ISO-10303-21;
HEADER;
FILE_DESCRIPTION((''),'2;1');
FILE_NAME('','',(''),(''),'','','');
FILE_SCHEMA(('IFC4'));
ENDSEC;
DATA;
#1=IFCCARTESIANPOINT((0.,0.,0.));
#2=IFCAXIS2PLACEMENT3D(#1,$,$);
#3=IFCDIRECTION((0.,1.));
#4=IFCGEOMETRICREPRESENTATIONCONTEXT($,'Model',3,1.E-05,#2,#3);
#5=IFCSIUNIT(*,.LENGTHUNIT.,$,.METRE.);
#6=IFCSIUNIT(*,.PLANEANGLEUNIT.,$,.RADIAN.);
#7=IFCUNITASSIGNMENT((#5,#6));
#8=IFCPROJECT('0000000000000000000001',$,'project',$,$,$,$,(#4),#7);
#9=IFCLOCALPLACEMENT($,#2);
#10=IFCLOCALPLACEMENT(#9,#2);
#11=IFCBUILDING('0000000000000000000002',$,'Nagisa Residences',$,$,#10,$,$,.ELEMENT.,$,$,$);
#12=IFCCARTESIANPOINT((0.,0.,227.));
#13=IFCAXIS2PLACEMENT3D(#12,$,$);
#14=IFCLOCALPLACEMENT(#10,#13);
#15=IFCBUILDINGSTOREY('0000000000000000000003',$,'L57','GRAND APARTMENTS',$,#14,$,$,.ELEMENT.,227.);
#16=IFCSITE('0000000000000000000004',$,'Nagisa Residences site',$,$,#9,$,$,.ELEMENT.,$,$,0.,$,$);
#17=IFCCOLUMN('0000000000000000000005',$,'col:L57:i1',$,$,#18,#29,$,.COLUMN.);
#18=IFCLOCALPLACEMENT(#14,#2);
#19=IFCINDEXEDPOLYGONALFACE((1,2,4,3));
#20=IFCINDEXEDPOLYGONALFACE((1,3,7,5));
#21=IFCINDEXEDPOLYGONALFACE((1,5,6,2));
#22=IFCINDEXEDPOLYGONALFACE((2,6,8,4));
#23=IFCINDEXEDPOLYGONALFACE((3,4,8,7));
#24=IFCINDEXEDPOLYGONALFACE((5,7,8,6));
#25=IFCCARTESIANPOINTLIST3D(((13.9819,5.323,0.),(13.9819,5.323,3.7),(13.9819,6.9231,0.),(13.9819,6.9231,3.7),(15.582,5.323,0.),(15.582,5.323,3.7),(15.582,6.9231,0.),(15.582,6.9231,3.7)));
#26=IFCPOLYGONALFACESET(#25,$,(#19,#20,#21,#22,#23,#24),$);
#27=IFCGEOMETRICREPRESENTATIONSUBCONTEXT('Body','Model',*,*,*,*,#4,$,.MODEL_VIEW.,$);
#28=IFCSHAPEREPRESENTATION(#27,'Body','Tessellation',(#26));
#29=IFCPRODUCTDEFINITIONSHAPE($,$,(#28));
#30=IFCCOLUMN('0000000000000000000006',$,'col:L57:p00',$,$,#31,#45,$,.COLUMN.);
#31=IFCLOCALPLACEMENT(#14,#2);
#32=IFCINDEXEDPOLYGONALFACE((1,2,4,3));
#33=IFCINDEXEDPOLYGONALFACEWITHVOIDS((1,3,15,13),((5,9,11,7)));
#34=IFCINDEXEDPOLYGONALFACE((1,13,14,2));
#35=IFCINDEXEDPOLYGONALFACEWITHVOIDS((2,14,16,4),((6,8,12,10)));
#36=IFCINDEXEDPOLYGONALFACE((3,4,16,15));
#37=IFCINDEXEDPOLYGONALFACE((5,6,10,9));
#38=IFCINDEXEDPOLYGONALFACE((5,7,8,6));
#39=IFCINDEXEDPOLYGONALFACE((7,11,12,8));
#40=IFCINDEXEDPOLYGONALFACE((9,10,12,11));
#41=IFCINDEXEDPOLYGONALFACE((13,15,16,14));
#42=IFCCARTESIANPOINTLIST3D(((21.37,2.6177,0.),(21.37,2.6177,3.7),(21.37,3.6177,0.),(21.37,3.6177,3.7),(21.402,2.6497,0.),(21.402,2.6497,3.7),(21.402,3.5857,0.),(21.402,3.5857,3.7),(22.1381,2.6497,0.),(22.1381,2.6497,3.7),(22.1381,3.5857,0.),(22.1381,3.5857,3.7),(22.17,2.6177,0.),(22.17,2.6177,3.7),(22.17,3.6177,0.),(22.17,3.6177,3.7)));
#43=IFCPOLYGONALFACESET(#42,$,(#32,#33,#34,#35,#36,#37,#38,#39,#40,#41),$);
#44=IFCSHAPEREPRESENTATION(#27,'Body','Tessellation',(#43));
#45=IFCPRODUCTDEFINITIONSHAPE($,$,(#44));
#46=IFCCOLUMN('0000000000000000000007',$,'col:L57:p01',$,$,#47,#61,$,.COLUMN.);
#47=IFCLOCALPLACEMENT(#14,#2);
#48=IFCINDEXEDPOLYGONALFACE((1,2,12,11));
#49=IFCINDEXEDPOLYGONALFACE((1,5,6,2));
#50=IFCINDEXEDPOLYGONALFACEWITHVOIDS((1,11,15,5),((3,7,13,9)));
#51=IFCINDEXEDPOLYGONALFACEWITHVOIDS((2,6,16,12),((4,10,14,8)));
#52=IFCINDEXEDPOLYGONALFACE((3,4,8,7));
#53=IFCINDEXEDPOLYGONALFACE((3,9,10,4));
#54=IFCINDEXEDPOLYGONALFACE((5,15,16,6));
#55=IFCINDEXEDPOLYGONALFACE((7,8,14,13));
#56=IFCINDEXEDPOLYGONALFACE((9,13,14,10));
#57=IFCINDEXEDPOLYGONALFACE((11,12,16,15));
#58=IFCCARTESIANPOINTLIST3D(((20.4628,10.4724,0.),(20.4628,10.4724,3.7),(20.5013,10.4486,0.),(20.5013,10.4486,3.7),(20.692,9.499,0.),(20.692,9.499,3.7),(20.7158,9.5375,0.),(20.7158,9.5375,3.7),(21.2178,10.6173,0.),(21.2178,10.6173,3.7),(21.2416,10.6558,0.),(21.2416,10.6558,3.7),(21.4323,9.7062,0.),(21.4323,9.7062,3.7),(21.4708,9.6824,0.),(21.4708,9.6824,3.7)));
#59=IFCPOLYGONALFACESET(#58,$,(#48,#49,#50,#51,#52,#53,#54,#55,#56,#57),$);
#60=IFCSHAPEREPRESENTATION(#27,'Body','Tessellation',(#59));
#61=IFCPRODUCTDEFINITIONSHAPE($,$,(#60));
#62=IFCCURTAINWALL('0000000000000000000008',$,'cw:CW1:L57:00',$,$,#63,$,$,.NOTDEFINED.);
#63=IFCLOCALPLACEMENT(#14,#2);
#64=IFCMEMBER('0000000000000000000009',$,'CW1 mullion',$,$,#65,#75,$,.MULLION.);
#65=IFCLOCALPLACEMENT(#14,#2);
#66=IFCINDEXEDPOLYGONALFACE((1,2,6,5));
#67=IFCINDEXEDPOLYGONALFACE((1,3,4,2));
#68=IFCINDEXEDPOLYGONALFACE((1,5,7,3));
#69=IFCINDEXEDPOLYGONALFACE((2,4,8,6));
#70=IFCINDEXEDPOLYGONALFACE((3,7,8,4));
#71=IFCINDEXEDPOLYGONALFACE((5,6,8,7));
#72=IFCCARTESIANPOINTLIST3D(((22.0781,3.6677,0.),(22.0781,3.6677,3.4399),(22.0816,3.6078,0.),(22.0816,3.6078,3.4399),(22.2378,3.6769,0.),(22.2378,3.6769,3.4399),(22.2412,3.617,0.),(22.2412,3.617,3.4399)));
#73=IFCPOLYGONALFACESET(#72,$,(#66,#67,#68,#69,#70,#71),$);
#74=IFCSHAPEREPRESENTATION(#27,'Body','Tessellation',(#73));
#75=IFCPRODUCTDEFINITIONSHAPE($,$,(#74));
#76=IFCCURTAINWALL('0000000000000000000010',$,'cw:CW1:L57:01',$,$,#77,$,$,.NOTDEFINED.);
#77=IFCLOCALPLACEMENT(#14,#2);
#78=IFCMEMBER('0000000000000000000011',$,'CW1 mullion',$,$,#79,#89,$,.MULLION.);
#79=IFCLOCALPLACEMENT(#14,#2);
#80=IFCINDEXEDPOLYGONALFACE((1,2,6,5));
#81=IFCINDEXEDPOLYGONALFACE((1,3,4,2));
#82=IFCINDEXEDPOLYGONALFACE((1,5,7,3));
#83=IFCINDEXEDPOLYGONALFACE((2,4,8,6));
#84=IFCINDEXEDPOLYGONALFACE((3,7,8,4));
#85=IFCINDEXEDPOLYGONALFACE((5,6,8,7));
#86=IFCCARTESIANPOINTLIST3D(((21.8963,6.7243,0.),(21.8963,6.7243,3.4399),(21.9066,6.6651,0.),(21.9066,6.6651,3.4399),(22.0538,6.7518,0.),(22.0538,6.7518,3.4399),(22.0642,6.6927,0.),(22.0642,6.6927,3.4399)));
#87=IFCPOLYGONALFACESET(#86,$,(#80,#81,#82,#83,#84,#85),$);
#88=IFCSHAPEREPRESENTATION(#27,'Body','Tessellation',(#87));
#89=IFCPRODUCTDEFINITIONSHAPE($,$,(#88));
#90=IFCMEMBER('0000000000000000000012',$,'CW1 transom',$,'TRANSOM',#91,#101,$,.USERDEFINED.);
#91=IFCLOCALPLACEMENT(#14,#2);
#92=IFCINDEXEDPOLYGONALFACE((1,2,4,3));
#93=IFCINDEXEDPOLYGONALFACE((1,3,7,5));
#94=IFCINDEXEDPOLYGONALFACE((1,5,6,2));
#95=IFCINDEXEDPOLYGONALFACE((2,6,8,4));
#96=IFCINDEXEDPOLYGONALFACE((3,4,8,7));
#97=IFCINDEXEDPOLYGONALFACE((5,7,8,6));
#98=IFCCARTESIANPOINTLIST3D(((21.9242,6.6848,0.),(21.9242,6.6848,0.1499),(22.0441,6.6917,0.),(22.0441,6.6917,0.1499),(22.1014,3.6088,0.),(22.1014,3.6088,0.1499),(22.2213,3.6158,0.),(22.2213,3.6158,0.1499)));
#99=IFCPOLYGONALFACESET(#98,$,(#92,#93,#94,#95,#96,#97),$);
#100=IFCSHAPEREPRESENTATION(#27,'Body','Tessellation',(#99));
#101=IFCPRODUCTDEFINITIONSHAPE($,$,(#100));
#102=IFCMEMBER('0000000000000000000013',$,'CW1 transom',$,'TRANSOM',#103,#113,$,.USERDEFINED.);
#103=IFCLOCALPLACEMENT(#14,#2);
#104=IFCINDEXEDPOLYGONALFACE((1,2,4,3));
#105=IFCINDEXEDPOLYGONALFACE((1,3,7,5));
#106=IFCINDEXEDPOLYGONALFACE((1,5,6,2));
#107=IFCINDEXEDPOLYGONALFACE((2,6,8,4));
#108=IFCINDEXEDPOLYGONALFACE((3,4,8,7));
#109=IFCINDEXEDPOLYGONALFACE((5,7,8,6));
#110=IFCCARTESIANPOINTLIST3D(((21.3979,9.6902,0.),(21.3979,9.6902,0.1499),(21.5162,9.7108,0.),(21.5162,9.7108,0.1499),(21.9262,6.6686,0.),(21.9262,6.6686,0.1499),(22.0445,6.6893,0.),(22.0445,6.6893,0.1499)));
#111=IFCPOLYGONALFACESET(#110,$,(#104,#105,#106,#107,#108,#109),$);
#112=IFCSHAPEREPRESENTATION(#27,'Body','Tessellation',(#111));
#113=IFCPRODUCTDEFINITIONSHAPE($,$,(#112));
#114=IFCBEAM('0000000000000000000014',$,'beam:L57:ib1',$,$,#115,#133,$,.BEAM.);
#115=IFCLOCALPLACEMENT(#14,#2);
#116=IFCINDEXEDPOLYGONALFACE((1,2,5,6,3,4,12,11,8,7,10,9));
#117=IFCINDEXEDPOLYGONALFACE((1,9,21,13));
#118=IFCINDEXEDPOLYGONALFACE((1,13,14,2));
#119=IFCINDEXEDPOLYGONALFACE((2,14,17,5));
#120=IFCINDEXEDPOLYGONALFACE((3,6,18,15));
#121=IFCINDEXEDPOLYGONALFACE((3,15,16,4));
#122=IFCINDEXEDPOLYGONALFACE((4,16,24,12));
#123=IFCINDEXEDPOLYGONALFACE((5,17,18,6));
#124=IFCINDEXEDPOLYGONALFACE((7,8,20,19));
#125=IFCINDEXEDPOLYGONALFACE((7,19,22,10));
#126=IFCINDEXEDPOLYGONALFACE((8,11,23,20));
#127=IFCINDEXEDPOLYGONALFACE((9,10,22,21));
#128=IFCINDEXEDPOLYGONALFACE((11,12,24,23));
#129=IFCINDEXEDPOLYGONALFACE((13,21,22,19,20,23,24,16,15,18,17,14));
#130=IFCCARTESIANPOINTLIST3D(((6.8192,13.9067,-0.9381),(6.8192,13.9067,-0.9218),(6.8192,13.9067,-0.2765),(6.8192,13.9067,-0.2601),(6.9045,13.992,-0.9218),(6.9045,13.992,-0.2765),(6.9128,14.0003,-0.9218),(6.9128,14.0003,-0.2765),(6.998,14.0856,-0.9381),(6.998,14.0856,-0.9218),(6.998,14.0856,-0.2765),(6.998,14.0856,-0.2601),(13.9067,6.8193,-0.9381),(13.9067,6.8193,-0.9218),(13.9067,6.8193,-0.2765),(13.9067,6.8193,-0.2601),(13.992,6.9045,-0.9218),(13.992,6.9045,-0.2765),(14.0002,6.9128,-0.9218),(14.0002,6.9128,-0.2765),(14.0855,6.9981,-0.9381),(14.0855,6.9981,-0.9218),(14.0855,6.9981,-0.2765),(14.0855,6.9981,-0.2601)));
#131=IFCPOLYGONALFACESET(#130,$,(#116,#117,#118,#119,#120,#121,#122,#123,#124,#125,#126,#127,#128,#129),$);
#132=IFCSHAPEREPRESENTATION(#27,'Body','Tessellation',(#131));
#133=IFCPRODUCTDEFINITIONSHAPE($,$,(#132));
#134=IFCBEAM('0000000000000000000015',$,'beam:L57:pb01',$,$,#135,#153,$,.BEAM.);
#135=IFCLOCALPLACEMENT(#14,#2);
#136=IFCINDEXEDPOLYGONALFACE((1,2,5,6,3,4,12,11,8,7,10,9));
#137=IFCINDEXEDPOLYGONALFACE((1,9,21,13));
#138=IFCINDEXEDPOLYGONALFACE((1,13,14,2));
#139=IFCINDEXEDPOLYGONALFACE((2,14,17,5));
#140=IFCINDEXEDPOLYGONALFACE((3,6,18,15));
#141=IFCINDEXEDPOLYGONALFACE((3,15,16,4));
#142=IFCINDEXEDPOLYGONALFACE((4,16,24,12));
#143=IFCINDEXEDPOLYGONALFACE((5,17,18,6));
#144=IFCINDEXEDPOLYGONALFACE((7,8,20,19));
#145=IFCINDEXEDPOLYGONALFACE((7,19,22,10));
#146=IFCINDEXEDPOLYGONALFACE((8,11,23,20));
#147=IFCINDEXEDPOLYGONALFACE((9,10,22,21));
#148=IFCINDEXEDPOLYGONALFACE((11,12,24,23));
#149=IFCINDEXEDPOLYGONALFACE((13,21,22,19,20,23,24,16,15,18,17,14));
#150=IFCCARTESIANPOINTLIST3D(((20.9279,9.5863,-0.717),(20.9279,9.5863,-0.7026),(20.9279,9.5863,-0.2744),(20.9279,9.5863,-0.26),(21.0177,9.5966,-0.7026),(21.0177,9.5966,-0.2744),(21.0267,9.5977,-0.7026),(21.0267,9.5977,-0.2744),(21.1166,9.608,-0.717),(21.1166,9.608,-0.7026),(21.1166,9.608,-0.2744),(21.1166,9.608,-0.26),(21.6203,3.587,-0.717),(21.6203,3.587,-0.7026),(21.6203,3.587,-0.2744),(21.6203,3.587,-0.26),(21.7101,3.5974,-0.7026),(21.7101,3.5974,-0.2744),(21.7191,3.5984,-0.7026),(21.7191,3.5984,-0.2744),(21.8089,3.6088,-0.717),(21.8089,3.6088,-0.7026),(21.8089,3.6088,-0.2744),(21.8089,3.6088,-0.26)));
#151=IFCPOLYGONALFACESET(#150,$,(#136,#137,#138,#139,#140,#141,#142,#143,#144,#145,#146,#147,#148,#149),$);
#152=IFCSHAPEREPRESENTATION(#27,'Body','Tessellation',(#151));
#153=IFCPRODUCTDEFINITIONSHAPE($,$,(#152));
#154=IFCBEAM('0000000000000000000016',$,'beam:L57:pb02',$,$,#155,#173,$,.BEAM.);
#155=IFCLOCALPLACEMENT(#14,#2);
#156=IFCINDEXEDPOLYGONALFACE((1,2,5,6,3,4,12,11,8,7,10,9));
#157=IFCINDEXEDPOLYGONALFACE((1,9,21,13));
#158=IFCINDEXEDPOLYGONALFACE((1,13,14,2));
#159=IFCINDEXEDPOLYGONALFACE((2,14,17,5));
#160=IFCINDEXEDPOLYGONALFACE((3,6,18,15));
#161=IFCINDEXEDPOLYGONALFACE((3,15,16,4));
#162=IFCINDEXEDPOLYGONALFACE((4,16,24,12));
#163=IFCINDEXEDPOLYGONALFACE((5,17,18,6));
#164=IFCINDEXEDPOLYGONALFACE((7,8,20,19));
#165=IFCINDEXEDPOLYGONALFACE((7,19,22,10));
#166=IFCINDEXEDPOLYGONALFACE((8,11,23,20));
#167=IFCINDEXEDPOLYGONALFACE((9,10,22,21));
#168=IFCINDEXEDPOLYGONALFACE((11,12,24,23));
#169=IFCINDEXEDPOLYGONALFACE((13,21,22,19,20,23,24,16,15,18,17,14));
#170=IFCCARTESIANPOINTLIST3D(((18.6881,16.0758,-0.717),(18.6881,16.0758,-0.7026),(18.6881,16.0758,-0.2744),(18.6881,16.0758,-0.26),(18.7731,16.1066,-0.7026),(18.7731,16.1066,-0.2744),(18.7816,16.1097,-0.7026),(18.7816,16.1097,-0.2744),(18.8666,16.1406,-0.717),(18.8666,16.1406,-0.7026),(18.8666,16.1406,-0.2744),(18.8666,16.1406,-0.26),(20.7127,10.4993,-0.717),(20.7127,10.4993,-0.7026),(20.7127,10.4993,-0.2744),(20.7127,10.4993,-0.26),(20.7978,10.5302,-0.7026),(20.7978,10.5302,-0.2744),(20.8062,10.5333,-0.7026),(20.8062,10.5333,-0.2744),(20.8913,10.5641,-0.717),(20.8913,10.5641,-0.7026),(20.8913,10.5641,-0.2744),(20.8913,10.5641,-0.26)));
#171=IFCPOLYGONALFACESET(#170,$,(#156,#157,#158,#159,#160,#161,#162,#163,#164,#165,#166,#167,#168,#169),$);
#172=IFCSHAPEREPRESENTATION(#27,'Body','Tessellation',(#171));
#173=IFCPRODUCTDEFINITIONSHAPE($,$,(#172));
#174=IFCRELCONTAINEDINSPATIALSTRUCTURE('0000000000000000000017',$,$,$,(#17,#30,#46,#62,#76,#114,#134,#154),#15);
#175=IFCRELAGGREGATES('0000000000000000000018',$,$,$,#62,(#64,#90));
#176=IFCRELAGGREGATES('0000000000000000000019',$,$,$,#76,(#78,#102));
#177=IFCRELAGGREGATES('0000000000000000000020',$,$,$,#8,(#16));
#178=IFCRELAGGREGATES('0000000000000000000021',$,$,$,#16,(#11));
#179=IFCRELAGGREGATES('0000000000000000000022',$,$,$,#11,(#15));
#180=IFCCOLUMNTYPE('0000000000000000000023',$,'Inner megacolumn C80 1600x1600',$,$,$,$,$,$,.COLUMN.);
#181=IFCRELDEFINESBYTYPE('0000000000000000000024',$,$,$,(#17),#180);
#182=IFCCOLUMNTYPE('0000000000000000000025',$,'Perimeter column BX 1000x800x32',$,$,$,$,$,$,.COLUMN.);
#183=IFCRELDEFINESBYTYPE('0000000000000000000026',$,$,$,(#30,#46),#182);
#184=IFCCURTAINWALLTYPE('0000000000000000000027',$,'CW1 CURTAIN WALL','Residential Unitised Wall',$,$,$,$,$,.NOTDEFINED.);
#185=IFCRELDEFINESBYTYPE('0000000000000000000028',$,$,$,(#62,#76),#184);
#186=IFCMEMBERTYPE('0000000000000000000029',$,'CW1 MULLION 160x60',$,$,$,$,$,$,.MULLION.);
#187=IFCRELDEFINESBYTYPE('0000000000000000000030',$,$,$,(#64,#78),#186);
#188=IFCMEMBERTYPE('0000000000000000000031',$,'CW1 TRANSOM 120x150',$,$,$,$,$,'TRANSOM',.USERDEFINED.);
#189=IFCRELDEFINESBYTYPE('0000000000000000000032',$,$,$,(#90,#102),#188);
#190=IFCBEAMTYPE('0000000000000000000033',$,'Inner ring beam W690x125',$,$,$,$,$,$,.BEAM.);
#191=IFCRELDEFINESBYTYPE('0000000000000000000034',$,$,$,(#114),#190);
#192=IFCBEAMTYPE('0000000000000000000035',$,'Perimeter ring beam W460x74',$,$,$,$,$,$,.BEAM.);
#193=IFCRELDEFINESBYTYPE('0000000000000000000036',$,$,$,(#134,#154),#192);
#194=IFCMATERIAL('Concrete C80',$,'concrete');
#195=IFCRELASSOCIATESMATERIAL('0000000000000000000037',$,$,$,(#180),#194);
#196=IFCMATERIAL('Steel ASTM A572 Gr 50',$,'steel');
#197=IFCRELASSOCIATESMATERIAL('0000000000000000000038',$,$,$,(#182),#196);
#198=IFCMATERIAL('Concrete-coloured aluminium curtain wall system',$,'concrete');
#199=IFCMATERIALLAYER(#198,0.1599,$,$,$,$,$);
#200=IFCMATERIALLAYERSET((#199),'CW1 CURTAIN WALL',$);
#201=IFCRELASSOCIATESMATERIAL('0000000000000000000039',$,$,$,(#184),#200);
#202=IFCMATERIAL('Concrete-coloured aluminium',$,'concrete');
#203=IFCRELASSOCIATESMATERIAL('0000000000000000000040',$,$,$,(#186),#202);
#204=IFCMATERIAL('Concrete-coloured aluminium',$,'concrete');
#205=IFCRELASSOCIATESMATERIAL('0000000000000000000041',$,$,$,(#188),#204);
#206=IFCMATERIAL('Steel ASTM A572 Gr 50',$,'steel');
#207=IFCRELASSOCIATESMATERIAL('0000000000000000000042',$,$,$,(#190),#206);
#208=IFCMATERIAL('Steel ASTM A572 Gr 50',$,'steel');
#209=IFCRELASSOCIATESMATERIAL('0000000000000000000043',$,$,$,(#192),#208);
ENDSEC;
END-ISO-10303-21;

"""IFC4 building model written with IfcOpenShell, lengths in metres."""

from ifc_helpers import new_model, si_unit, direction, frame, origin, origin_2d, place, context, subcontext, project, spatial, rectangle, hollow_rectangle, i_section, extrude, material, layer, layer_set, material_profile, profile_set, type_object, element, aggregate, save


model = new_model("IFC4")

# Units and contexts
model_context = context("Model", 3, precision=1e-05, world=origin(), true_north=direction((0.0, 1.0)))
body_context = subcontext(model_context, "Body", "Model", "MODEL_VIEW")
ifc_project = project(units=[si_unit("LENGTHUNIT", "METRE"), si_unit("PLANEANGLEUNIT", "RADIAN")], contexts=[model_context])

# Site, building, storey
site_placement = place(None, origin())
site = spatial("IfcSite", under=ifc_project, at=site_placement, Name="Nagisa Residences site", CompositionType="ELEMENT", RefElevation=0.0)
building_placement = place(site_placement, origin())
building = spatial("IfcBuilding", under=site, at=building_placement, Name="Nagisa Residences", CompositionType="ELEMENT")
storey_placement = place(building_placement, frame((0.0, 0.0, 227.0)))
storey = spatial("IfcBuildingStorey", under=building, at=storey_placement, Name="L57", Description="GRAND APARTMENTS", CompositionType="ELEMENT", Elevation=227.0)

# Columns
ifc_material_1 = material(Name="Concrete C80", Category="concrete")
ifc_material_profile_1 = material_profile(ifc_material_1, rectangle(XDim=1.6001, YDim=1.6001, at=origin_2d()), Name="C80 1600x1600")
ifc_profile_set_1 = profile_set([ifc_material_profile_1], Name="Concrete C80")
column_type_1 = type_object("IfcColumnType", Name="Inner megacolumn C80 1600x1600", PredefinedType="COLUMN", material=ifc_profile_set_1)
column_placement = place(storey_placement, frame((14.782, 6.123, 0.0), z_axis=(0.0, 0.0, 1.0), x_axis=(1.0, 0.0, 0.0)))
element("IfcColumn", 1, at=column_placement, inside=storey, type_object=column_type_1, Name="col:L57:i1", PredefinedType="COLUMN", context=body_context, shape_type="SweptSolid", body=[
    extrude(rectangle(XDim=1.6001, YDim=1.6001, at=origin_2d()), origin(), (0.0, 0.0, 1.0), 3.7),
])
ifc_material_2 = material(Name="Steel ASTM A572 Gr 50", Category="steel")
ifc_material_profile_2 = material_profile(ifc_material_2, hollow_rectangle(XDim=1.0, YDim=0.8, WallThickness=0.032, at=origin_2d()), Name="BX 1000x800x32")
ifc_profile_set_2 = profile_set([ifc_material_profile_2], Name="Steel ASTM A572 Gr 50")
column_type_2 = type_object("IfcColumnType", Name="Perimeter column BX 1000x800x32", PredefinedType="COLUMN", material=ifc_profile_set_2)
for number, where, z_axis, x_axis, name in (
    (2, (21.77, 3.1177, 0.0), (0.0, 0.0, 1.0), (0.0, 1.0, 0.0), "col:L57:p00"),
    (3, (20.9668, 10.0774, 0.0), (0.0, 0.0, 1.0), (-0.229202, 0.973379, 0.0), "col:L57:p01"),
):
    element("IfcColumn", number, at=place(storey_placement, frame(where, z_axis=z_axis, x_axis=x_axis)), inside=storey, type_object=column_type_2, Name=name, PredefinedType="COLUMN", context=body_context, shape_type="SweptSolid", body=[
        extrude(hollow_rectangle(XDim=1.0, YDim=0.8, WallThickness=0.032, at=origin_2d()), origin(), (0.0, 0.0, 1.0), 3.7),
    ])

# Curtain walls, members
ifc_material_3 = material(Name="Concrete-coloured aluminium curtain wall system", Category="concrete")
ifc_layer_1 = layer(ifc_material_3, 0.1599)
ifc_layer_set_1 = layer_set([ifc_layer_1], Name="CW1 CURTAIN WALL")
curtain_wall_type = type_object("IfcCurtainWallType", Name="CW1 CURTAIN WALL", Description="Residential Unitised Wall", PredefinedType="NOTDEFINED", material=ifc_layer_set_1)
curtain_wall_1_placement = place(storey_placement, origin())
curtain_wall_1 = element("IfcCurtainWall", 4, at=curtain_wall_1_placement, inside=storey, type_object=curtain_wall_type, Name="cw:CW1:L57:00", PredefinedType="NOTDEFINED")
ifc_material_4 = material(Name="Concrete-coloured aluminium", Category="concrete")
ifc_material_profile_3 = material_profile(ifc_material_4, rectangle(XDim=0.1599, YDim=0.0601, at=origin_2d()), Name="CW1 MULLION 160x60")
ifc_profile_set_3 = profile_set([ifc_material_profile_3], Name="Concrete-coloured aluminium")
member_type_1 = type_object("IfcMemberType", Name="CW1 MULLION 160x60", PredefinedType="MULLION", material=ifc_profile_set_3)
member_1_placement = place(storey_placement, frame((22.1597, 3.6423, 0.0), z_axis=(0.0, 0.0, 1.0), x_axis=(-0.998345, -0.057503, 0.0)))
member_1 = element("IfcMember", 5, at=member_1_placement, type_object=member_type_1, Name="CW1 mullion", PredefinedType="MULLION", context=body_context, shape_type="SweptSolid", body=[
    extrude(rectangle(XDim=0.1599, YDim=0.0601, at=origin_2d()), origin(), (0.0, 0.0, 1.0), 3.4399),
])
curtain_wall_2_placement = place(storey_placement, origin())
curtain_wall_2 = element("IfcCurtainWall", 6, at=curtain_wall_2_placement, inside=storey, type_object=curtain_wall_type, Name="cw:CW1:L57:01", PredefinedType="NOTDEFINED")
member_2_placement = place(storey_placement, frame((21.9802, 6.7085, 0.0), z_axis=(0.0, 0.0, 1.0), x_axis=(-0.985064, -0.172191, 0.0)))
member_2 = element("IfcMember", 7, at=member_2_placement, type_object=member_type_1, Name="CW1 mullion", PredefinedType="MULLION", context=body_context, shape_type="SweptSolid", body=[
    extrude(rectangle(XDim=0.1599, YDim=0.0601, at=origin_2d()), origin(), (0.0, 0.0, 1.0), 3.4399),
])

# Members
ifc_material_5 = material(Name="Concrete-coloured aluminium", Category="concrete")
ifc_material_profile_4 = material_profile(ifc_material_5, rectangle(XDim=0.1201, YDim=0.1499, at=origin_2d()), Name="CW1 TRANSOM 120x150")
ifc_profile_set_4 = profile_set([ifc_material_profile_4], Name="Concrete-coloured aluminium")
member_type_2 = type_object("IfcMemberType", Name="CW1 TRANSOM 120x150", ElementType="TRANSOM", PredefinedType="USERDEFINED", material=ifc_profile_set_4)
member_3_placement = place(storey_placement, frame((22.1614, 3.6123, 0.075), z_axis=(-0.057528, 0.998344, 0.0), x_axis=(-0.998344, -0.057528, 0.0)))
member_3 = element("IfcMember", 8, at=member_3_placement, type_object=member_type_2, Name="CW1 transom", ObjectType="TRANSOM", PredefinedType="USERDEFINED", context=body_context, shape_type="SweptSolid", body=[
    extrude(rectangle(XDim=0.1201, YDim=0.1499, at=origin_2d()), origin(), (0.0, 0.0, 1.0), 3.0811),
])
member_4_placement = place(storey_placement, frame((21.9854, 6.679, 0.075), z_axis=(-0.172241, 0.985055, 0.0), x_axis=(-0.985055, -0.172241, 0.0)))
member_4 = element("IfcMember", 9, at=member_4_placement, type_object=member_type_2, Name="CW1 transom", ObjectType="TRANSOM", PredefinedType="USERDEFINED", context=body_context, shape_type="SweptSolid", body=[
    extrude(rectangle(XDim=0.1201, YDim=0.1499, at=origin_2d()), origin(), (0.0, 0.0, 1.0), 3.0674),
])

# Beams
ifc_material_6 = material(Name="Steel ASTM A572 Gr 50", Category="steel")
ifc_material_profile_5 = material_profile(ifc_material_6, i_section(OverallWidth=0.2529, OverallDepth=0.678, WebThickness=0.0117, FlangeThickness=0.0164, at=origin_2d()), Name="W690x125")
ifc_profile_set_5 = profile_set([ifc_material_profile_5], Name="Steel ASTM A572 Gr 50")
beam_type_1 = type_object("IfcBeamType", Name="Inner ring beam W690x125", PredefinedType="BEAM", material=ifc_profile_set_5)
beam_1_placement = place(storey_placement, frame((13.9961, 6.9087, -0.5991), z_axis=(-0.707107, 0.707107, 0.0), x_axis=(-0.707107, -0.707107, 0.0)))
element("IfcBeam", 10, at=beam_1_placement, inside=storey, type_object=beam_type_1, Name="beam:L57:ib1", PredefinedType="BEAM", context=body_context, shape_type="SweptSolid", body=[
    extrude(i_section(OverallWidth=0.2529, OverallDepth=0.678, WebThickness=0.0117, FlangeThickness=0.0164, at=origin_2d()), origin(), (0.0, 0.0, 1.0), 10.0232),
])
ifc_material_7 = material(Name="Steel ASTM A572 Gr 50", Category="steel")
ifc_material_profile_6 = material_profile(ifc_material_7, i_section(OverallWidth=0.1899, OverallDepth=0.457, WebThickness=0.009, FlangeThickness=0.0144, at=origin_2d()), Name="W460x74")
ifc_profile_set_6 = profile_set([ifc_material_profile_6], Name="Steel ASTM A572 Gr 50")
beam_type_2 = type_object("IfcBeamType", Name="Perimeter ring beam W460x74", PredefinedType="BEAM", material=ifc_profile_set_6)
beam_2_placement = place(storey_placement, frame((21.7146, 3.5979, -0.4885), z_axis=(-0.11465, 0.993406, 0.0), x_axis=(-0.993406, -0.11465, 0.0)))
element("IfcBeam", 11, at=beam_2_placement, inside=storey, type_object=beam_type_2, Name="beam:L57:pb01", PredefinedType="BEAM", context=body_context, shape_type="SweptSolid", body=[
    extrude(i_section(OverallWidth=0.1899, OverallDepth=0.457, WebThickness=0.009, FlangeThickness=0.0144, at=origin_2d()), origin(), (0.0, 0.0, 1.0), 6.0391),
])
beam_3_placement = place(storey_placement, frame((20.802, 10.5317, -0.4885), z_axis=(-0.341277, 0.939963, 0.0), x_axis=(-0.939963, -0.341277, 0.0)))
element("IfcBeam", 12, at=beam_3_placement, inside=storey, type_object=beam_type_2, Name="beam:L57:pb02", PredefinedType="BEAM", context=body_context, shape_type="SweptSolid", body=[
    extrude(i_section(OverallWidth=0.1899, OverallDepth=0.457, WebThickness=0.009, FlangeThickness=0.0144, at=origin_2d()), origin(), (0.0, 0.0, 1.0), 5.9326),
])

aggregate(curtain_wall_1, [member_1, member_3])
aggregate(curtain_wall_2, [member_2, member_4])

save(model, "model.ifc")
